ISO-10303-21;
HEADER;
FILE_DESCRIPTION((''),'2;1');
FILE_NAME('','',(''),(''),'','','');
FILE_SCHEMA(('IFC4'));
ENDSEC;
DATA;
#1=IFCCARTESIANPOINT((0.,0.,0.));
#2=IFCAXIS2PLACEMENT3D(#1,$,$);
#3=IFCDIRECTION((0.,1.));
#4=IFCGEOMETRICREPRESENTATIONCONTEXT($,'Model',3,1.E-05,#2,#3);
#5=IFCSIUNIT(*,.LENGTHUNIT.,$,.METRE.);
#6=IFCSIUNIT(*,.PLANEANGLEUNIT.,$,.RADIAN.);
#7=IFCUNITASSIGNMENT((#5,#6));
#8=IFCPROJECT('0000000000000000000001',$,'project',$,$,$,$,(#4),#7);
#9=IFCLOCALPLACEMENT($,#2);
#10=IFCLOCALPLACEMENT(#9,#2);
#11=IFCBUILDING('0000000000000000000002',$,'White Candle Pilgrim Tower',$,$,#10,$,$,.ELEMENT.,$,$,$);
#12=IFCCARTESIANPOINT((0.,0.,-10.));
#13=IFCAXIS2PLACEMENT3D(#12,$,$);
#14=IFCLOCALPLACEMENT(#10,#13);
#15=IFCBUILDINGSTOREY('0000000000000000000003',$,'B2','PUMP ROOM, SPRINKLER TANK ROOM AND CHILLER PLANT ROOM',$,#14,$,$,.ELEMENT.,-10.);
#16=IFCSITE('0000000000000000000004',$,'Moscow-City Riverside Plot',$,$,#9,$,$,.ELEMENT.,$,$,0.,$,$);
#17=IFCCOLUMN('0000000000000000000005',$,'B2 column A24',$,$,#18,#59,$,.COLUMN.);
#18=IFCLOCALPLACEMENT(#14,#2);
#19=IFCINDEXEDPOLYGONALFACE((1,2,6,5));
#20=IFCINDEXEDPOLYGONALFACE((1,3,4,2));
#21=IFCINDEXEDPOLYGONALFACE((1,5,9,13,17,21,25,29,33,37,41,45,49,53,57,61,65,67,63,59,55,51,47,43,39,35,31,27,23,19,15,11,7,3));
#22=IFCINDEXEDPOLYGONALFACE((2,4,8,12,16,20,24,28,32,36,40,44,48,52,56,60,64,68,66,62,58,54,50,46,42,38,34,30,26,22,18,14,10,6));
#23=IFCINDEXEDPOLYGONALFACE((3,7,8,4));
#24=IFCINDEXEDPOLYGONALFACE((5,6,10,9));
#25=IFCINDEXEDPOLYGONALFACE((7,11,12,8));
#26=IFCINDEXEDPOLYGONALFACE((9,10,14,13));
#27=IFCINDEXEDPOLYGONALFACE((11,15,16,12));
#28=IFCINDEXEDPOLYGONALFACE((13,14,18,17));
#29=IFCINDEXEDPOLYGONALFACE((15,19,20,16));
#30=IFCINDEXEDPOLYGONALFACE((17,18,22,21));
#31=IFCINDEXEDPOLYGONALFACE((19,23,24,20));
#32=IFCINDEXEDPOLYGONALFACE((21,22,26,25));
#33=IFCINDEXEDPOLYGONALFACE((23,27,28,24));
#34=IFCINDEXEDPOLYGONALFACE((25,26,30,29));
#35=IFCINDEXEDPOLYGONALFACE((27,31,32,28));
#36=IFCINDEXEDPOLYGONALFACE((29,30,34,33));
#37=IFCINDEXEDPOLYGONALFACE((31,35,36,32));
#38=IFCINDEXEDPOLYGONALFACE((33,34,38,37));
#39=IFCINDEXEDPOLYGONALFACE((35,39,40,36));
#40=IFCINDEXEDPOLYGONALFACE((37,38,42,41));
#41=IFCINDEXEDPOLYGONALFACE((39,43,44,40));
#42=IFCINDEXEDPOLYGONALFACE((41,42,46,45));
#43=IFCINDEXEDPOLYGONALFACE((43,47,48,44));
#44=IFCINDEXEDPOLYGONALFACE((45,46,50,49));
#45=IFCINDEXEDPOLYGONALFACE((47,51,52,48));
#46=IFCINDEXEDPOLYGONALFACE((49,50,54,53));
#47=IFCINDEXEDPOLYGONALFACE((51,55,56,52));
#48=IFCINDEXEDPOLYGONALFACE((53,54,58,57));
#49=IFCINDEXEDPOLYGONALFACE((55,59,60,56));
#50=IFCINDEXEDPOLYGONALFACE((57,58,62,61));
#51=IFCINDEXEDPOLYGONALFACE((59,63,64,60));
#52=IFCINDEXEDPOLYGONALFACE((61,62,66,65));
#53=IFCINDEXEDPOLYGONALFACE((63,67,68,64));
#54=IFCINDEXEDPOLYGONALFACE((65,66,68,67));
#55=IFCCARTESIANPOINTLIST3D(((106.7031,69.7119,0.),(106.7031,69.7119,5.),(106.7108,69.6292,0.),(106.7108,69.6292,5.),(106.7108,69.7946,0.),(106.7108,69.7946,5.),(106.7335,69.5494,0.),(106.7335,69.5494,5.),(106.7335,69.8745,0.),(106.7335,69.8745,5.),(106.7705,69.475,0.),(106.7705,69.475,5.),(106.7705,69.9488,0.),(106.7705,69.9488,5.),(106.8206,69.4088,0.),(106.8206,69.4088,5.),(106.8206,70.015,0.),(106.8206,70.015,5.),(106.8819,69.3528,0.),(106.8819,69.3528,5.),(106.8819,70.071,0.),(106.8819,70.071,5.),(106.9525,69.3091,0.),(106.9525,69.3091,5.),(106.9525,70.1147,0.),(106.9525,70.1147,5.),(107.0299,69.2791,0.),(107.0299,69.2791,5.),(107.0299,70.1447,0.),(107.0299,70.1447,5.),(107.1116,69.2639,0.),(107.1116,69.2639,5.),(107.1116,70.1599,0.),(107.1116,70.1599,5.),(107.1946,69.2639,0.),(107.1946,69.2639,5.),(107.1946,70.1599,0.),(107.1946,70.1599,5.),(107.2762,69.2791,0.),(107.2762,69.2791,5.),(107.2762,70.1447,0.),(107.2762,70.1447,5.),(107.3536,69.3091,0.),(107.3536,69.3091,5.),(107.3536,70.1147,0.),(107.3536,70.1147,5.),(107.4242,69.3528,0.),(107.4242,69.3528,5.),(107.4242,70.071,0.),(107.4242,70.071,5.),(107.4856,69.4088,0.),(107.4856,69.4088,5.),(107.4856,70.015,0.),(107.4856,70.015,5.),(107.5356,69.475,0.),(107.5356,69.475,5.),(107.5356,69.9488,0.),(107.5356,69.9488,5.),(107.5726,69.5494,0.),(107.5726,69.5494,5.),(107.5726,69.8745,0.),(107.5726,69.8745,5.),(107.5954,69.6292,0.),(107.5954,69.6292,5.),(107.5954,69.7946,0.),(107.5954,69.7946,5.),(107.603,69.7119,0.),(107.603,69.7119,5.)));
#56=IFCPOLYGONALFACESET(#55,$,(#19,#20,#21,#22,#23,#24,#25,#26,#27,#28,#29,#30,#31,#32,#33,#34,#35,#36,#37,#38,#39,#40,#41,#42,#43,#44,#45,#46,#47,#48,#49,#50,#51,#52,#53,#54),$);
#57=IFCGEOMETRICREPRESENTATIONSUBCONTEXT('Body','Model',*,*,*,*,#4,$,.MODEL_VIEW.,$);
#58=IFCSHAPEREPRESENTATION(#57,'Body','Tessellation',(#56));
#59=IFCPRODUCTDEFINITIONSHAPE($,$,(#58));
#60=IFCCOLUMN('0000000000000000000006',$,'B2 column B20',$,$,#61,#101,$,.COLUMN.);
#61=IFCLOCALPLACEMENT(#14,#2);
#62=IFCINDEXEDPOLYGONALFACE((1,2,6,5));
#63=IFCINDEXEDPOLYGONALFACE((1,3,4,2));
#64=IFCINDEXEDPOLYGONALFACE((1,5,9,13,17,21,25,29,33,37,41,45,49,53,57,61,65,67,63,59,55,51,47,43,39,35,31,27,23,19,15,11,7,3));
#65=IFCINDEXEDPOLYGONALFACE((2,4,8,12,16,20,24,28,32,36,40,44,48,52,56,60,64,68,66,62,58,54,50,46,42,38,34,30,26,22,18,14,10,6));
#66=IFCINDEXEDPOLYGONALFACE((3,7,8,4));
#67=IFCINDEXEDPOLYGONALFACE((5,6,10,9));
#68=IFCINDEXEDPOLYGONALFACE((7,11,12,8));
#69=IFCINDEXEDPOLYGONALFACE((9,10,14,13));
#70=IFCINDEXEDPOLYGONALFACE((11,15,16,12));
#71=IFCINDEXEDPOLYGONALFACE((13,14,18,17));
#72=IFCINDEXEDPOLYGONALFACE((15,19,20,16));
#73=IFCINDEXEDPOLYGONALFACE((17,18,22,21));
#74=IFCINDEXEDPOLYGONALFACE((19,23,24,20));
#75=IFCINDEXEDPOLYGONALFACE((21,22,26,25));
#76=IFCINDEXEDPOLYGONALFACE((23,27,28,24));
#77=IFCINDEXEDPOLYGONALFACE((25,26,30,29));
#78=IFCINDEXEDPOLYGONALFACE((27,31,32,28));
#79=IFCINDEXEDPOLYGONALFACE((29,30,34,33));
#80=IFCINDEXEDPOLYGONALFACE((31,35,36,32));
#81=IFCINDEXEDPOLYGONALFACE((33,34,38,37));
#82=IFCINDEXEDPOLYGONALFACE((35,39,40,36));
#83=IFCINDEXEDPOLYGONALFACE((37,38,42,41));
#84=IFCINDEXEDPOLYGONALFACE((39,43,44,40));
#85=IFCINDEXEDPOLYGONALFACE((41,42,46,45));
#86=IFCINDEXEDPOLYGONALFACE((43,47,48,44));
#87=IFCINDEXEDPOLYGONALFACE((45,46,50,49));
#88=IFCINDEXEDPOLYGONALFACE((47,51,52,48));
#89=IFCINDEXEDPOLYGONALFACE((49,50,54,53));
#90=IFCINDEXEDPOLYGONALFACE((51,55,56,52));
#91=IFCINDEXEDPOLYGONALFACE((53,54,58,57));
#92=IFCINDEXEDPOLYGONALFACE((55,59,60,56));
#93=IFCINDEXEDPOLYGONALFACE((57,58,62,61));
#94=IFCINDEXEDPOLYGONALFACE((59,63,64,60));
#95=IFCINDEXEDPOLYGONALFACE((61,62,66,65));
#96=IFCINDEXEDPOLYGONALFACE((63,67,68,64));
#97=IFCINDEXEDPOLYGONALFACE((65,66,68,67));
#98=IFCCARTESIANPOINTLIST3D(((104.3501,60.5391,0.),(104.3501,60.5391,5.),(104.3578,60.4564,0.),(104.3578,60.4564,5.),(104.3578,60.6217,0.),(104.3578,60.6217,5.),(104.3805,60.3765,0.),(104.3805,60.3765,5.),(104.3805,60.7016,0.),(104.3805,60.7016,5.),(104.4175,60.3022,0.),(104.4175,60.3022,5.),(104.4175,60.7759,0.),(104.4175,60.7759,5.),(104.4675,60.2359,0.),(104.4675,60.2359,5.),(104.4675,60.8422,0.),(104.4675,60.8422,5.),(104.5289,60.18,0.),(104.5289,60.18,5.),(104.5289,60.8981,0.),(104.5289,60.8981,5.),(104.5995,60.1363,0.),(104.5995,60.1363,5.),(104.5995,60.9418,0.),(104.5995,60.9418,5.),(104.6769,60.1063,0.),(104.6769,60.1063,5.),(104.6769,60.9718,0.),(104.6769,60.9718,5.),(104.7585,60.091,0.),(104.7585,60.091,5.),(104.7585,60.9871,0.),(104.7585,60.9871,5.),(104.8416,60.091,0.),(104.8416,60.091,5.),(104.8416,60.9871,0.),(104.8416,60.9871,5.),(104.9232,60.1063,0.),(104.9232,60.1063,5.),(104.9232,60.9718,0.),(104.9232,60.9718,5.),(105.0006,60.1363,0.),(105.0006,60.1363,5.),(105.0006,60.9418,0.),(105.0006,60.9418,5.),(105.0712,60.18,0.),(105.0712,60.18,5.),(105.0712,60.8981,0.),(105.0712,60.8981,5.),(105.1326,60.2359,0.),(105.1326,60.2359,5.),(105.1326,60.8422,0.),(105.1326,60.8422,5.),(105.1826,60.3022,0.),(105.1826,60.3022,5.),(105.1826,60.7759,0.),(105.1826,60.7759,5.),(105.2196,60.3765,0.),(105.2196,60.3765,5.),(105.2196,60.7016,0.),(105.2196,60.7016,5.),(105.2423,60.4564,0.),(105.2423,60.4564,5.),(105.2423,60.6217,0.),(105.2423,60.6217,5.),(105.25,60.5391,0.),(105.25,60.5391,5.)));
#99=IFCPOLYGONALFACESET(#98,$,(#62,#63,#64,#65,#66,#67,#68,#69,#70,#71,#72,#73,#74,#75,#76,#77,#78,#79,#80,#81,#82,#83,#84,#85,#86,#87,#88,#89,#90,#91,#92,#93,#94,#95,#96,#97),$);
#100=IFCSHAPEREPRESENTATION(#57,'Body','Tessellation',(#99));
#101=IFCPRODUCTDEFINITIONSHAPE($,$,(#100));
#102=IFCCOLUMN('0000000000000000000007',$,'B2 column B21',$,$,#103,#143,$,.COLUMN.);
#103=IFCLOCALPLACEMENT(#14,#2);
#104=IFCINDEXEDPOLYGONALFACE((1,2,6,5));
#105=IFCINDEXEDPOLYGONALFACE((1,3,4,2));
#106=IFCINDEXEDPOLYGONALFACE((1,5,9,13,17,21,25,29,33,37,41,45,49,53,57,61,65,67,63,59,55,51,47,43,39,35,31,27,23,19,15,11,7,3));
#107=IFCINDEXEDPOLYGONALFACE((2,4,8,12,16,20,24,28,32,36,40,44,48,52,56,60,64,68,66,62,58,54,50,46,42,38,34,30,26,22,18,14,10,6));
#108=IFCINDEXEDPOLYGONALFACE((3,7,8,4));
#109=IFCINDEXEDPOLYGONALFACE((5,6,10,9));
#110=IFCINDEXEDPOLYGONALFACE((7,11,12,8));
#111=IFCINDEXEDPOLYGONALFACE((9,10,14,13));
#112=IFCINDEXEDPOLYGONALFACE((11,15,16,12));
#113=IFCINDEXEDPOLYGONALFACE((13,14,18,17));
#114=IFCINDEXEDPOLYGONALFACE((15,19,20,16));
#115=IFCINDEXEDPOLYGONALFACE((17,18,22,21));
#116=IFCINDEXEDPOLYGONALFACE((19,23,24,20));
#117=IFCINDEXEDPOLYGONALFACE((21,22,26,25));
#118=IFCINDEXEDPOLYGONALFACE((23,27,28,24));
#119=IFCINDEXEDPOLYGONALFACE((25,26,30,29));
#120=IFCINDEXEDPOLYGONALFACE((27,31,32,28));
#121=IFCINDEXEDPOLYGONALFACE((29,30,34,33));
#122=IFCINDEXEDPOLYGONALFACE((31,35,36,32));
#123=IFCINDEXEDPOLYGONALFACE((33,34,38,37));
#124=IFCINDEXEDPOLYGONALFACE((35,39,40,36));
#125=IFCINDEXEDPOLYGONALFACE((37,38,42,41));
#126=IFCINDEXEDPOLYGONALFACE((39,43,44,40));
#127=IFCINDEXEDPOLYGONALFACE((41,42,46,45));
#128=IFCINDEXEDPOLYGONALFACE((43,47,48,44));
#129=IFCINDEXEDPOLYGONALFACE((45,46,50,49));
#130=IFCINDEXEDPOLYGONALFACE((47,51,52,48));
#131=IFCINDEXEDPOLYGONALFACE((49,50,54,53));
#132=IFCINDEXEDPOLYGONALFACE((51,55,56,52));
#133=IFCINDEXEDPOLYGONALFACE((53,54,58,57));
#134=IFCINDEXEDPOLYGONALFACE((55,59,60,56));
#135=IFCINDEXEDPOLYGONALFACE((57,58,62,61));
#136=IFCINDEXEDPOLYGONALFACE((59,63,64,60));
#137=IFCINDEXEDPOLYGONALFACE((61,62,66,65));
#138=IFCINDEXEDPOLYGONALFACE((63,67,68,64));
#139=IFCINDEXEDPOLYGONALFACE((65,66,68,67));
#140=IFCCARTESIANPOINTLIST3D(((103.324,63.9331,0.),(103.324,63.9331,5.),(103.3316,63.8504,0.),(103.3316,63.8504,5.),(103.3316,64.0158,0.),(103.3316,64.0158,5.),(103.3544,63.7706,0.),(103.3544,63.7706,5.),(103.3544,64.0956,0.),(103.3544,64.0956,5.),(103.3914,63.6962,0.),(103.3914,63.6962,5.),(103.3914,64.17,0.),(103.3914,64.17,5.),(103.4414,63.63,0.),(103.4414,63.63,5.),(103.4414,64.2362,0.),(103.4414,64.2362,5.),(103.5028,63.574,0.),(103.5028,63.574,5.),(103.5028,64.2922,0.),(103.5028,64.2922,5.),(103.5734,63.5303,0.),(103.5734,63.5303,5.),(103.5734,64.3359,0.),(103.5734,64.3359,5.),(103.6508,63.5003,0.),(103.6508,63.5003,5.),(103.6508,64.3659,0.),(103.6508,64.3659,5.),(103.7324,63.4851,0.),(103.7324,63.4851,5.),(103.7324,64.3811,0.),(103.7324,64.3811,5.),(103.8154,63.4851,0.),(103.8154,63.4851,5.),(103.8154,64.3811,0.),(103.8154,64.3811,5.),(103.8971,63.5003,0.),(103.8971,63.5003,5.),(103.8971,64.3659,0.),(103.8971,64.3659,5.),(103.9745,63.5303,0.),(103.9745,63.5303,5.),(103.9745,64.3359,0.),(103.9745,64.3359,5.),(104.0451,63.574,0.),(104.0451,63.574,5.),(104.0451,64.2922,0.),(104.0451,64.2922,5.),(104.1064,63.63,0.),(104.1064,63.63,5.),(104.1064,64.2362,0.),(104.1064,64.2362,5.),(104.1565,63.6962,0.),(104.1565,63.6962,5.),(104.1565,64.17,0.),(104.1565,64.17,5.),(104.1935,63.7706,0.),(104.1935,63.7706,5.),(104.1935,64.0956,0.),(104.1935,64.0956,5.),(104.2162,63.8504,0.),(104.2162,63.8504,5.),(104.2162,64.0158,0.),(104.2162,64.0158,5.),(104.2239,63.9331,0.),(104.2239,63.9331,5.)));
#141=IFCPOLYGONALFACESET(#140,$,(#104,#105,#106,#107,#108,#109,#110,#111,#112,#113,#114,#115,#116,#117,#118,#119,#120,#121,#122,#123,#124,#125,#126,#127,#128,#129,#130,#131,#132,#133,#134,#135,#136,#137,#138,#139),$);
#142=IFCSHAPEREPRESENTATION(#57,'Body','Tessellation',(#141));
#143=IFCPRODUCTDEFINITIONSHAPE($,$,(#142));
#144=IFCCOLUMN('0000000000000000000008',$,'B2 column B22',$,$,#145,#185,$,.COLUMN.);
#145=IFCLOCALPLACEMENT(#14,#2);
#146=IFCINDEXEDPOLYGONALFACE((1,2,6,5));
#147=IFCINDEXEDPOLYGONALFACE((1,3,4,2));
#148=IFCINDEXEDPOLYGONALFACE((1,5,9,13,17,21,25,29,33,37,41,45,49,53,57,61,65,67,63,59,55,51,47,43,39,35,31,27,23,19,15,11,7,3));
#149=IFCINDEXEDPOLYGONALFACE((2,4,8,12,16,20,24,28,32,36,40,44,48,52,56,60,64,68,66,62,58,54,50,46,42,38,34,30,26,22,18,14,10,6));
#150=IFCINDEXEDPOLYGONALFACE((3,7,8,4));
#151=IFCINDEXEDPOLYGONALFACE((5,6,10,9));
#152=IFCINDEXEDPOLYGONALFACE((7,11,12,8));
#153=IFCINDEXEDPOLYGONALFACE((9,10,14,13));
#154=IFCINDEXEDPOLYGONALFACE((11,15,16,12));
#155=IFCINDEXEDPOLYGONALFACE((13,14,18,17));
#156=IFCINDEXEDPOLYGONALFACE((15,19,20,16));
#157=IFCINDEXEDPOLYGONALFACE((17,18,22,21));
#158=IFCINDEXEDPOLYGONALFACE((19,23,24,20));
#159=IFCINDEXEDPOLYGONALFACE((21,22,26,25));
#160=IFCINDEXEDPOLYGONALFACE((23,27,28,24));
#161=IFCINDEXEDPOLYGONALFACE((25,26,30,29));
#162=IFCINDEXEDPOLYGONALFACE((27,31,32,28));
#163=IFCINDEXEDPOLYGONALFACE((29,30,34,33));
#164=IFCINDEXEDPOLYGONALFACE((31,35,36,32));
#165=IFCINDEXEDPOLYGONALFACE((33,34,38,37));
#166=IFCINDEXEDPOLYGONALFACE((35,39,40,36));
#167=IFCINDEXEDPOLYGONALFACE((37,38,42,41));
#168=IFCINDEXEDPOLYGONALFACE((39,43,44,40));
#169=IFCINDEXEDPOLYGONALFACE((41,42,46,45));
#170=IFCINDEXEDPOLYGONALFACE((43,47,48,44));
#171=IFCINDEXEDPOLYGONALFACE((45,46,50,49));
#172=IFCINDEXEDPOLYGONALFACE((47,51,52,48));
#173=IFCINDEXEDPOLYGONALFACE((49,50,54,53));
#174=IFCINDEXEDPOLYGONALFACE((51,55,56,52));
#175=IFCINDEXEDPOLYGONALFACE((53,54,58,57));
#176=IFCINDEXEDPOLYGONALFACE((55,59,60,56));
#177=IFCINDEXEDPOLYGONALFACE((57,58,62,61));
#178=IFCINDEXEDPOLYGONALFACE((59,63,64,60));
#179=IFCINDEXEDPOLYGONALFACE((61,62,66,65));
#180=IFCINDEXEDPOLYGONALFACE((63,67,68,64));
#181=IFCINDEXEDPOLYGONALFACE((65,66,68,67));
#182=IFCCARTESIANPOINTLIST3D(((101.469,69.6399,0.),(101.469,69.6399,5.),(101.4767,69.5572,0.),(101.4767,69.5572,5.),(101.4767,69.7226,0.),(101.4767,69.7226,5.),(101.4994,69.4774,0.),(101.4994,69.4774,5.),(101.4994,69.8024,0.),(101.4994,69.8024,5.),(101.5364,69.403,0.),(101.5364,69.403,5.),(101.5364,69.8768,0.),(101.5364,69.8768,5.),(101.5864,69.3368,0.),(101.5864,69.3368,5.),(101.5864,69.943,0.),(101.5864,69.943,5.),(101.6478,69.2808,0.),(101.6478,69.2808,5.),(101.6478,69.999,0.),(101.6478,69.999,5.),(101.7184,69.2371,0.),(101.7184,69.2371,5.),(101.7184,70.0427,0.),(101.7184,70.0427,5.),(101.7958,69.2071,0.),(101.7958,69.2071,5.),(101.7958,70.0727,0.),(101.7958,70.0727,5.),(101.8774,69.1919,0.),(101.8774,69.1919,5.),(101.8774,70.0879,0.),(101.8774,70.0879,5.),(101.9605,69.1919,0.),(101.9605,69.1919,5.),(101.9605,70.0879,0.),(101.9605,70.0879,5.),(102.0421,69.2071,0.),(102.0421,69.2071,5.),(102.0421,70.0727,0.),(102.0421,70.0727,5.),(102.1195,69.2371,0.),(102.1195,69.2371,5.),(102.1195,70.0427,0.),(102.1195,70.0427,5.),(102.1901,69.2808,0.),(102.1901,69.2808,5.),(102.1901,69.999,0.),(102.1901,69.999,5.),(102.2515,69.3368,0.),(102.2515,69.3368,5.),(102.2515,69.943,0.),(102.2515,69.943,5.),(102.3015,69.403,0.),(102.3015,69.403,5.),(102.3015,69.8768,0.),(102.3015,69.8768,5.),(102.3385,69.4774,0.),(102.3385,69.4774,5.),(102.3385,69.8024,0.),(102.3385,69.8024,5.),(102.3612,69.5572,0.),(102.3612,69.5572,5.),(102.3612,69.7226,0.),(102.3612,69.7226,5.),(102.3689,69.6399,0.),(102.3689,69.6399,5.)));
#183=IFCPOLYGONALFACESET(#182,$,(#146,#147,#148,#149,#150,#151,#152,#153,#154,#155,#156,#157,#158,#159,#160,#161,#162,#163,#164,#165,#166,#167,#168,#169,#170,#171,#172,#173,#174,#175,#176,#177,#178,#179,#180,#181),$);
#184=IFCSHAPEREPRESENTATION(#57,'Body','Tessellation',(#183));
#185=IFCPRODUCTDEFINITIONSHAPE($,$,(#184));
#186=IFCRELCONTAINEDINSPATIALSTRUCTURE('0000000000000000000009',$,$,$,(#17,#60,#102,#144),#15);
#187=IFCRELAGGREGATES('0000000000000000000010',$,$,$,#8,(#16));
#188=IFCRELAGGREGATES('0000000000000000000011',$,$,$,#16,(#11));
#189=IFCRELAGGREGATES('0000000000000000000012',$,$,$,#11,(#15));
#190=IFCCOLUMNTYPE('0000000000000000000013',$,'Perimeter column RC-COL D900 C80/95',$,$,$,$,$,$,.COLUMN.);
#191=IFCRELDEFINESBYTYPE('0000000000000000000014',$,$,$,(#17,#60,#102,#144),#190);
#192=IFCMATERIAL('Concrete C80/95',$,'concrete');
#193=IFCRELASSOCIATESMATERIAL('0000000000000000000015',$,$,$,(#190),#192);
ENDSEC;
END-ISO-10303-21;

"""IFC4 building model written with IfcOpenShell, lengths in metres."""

from ifc_helpers import new_model, si_unit, direction, frame, origin, origin_2d, place, context, subcontext, project, spatial, circle, extrude, material, material_profile, profile_set, type_object, element, save


model = new_model("IFC4")

# Units and contexts
model_context = context("Model", 3, precision=1e-05, world=origin(), true_north=direction((0.0, 1.0)))
body_context = subcontext(model_context, "Body", "Model", "MODEL_VIEW")
ifc_project = project(units=[si_unit("LENGTHUNIT", "METRE"), si_unit("PLANEANGLEUNIT", "RADIAN")], contexts=[model_context])

# Site, building, storey
site_placement = place(None, origin())
site = spatial("IfcSite", under=ifc_project, at=site_placement, Name="Moscow-City Riverside Plot", CompositionType="ELEMENT", RefElevation=0.0)
building_placement = place(site_placement, origin())
building = spatial("IfcBuilding", under=site, at=building_placement, Name="White Candle Pilgrim Tower", CompositionType="ELEMENT")
storey_placement = place(building_placement, frame((0.0, 0.0, -10.0)))
storey = spatial("IfcBuildingStorey", under=building, at=storey_placement, Name="B2", Description="PUMP ROOM, SPRINKLER TANK ROOM AND CHILLER PLANT ROOM", CompositionType="ELEMENT", Elevation=-10.0)

# Columns
ifc_material_1 = material(Name="Concrete C80/95", Category="concrete")
ifc_material_profile_1 = material_profile(ifc_material_1, circle(Radius=0.45, at=origin_2d()), Name="RC-COL D900")
ifc_profile_set_1 = profile_set([ifc_material_profile_1], Name="Concrete C80/95")
column_type_1 = type_object("IfcColumnType", Name="Perimeter column RC-COL D900 C80/95", PredefinedType="COLUMN", material=ifc_profile_set_1)
for number, where, z_axis, x_axis, name in (
    (1, (107.1531, 69.7119, 0.0), (0.0, 0.0, 1.0), (1.0, 0.0, 0.0), "B2 column A24"),
    (2, (104.8, 60.5391, 0.0), (0.0, 0.0, 1.0), (1.0, 0.0, 0.0), "B2 column B20"),
    (3, (103.7739, 63.9331, 0.0), (0.0, 0.0, 1.0), (1.0, 0.0, 0.0), "B2 column B21"),
    (4, (101.9189, 69.6399, 0.0), (0.0, 0.0, 1.0), (1.0, 0.0, 0.0), "B2 column B22"),
):
    element("IfcColumn", number, at=place(storey_placement, frame(where, z_axis=z_axis, x_axis=x_axis)), inside=storey, type_object=column_type_1, Name=name, PredefinedType="COLUMN", context=body_context, shape_type="SweptSolid", body=[
        extrude(circle(Radius=0.45, at=origin_2d()), origin(), (0.0, 0.0, 1.0), 5.0),
    ])

save(model, "model.ifc")
